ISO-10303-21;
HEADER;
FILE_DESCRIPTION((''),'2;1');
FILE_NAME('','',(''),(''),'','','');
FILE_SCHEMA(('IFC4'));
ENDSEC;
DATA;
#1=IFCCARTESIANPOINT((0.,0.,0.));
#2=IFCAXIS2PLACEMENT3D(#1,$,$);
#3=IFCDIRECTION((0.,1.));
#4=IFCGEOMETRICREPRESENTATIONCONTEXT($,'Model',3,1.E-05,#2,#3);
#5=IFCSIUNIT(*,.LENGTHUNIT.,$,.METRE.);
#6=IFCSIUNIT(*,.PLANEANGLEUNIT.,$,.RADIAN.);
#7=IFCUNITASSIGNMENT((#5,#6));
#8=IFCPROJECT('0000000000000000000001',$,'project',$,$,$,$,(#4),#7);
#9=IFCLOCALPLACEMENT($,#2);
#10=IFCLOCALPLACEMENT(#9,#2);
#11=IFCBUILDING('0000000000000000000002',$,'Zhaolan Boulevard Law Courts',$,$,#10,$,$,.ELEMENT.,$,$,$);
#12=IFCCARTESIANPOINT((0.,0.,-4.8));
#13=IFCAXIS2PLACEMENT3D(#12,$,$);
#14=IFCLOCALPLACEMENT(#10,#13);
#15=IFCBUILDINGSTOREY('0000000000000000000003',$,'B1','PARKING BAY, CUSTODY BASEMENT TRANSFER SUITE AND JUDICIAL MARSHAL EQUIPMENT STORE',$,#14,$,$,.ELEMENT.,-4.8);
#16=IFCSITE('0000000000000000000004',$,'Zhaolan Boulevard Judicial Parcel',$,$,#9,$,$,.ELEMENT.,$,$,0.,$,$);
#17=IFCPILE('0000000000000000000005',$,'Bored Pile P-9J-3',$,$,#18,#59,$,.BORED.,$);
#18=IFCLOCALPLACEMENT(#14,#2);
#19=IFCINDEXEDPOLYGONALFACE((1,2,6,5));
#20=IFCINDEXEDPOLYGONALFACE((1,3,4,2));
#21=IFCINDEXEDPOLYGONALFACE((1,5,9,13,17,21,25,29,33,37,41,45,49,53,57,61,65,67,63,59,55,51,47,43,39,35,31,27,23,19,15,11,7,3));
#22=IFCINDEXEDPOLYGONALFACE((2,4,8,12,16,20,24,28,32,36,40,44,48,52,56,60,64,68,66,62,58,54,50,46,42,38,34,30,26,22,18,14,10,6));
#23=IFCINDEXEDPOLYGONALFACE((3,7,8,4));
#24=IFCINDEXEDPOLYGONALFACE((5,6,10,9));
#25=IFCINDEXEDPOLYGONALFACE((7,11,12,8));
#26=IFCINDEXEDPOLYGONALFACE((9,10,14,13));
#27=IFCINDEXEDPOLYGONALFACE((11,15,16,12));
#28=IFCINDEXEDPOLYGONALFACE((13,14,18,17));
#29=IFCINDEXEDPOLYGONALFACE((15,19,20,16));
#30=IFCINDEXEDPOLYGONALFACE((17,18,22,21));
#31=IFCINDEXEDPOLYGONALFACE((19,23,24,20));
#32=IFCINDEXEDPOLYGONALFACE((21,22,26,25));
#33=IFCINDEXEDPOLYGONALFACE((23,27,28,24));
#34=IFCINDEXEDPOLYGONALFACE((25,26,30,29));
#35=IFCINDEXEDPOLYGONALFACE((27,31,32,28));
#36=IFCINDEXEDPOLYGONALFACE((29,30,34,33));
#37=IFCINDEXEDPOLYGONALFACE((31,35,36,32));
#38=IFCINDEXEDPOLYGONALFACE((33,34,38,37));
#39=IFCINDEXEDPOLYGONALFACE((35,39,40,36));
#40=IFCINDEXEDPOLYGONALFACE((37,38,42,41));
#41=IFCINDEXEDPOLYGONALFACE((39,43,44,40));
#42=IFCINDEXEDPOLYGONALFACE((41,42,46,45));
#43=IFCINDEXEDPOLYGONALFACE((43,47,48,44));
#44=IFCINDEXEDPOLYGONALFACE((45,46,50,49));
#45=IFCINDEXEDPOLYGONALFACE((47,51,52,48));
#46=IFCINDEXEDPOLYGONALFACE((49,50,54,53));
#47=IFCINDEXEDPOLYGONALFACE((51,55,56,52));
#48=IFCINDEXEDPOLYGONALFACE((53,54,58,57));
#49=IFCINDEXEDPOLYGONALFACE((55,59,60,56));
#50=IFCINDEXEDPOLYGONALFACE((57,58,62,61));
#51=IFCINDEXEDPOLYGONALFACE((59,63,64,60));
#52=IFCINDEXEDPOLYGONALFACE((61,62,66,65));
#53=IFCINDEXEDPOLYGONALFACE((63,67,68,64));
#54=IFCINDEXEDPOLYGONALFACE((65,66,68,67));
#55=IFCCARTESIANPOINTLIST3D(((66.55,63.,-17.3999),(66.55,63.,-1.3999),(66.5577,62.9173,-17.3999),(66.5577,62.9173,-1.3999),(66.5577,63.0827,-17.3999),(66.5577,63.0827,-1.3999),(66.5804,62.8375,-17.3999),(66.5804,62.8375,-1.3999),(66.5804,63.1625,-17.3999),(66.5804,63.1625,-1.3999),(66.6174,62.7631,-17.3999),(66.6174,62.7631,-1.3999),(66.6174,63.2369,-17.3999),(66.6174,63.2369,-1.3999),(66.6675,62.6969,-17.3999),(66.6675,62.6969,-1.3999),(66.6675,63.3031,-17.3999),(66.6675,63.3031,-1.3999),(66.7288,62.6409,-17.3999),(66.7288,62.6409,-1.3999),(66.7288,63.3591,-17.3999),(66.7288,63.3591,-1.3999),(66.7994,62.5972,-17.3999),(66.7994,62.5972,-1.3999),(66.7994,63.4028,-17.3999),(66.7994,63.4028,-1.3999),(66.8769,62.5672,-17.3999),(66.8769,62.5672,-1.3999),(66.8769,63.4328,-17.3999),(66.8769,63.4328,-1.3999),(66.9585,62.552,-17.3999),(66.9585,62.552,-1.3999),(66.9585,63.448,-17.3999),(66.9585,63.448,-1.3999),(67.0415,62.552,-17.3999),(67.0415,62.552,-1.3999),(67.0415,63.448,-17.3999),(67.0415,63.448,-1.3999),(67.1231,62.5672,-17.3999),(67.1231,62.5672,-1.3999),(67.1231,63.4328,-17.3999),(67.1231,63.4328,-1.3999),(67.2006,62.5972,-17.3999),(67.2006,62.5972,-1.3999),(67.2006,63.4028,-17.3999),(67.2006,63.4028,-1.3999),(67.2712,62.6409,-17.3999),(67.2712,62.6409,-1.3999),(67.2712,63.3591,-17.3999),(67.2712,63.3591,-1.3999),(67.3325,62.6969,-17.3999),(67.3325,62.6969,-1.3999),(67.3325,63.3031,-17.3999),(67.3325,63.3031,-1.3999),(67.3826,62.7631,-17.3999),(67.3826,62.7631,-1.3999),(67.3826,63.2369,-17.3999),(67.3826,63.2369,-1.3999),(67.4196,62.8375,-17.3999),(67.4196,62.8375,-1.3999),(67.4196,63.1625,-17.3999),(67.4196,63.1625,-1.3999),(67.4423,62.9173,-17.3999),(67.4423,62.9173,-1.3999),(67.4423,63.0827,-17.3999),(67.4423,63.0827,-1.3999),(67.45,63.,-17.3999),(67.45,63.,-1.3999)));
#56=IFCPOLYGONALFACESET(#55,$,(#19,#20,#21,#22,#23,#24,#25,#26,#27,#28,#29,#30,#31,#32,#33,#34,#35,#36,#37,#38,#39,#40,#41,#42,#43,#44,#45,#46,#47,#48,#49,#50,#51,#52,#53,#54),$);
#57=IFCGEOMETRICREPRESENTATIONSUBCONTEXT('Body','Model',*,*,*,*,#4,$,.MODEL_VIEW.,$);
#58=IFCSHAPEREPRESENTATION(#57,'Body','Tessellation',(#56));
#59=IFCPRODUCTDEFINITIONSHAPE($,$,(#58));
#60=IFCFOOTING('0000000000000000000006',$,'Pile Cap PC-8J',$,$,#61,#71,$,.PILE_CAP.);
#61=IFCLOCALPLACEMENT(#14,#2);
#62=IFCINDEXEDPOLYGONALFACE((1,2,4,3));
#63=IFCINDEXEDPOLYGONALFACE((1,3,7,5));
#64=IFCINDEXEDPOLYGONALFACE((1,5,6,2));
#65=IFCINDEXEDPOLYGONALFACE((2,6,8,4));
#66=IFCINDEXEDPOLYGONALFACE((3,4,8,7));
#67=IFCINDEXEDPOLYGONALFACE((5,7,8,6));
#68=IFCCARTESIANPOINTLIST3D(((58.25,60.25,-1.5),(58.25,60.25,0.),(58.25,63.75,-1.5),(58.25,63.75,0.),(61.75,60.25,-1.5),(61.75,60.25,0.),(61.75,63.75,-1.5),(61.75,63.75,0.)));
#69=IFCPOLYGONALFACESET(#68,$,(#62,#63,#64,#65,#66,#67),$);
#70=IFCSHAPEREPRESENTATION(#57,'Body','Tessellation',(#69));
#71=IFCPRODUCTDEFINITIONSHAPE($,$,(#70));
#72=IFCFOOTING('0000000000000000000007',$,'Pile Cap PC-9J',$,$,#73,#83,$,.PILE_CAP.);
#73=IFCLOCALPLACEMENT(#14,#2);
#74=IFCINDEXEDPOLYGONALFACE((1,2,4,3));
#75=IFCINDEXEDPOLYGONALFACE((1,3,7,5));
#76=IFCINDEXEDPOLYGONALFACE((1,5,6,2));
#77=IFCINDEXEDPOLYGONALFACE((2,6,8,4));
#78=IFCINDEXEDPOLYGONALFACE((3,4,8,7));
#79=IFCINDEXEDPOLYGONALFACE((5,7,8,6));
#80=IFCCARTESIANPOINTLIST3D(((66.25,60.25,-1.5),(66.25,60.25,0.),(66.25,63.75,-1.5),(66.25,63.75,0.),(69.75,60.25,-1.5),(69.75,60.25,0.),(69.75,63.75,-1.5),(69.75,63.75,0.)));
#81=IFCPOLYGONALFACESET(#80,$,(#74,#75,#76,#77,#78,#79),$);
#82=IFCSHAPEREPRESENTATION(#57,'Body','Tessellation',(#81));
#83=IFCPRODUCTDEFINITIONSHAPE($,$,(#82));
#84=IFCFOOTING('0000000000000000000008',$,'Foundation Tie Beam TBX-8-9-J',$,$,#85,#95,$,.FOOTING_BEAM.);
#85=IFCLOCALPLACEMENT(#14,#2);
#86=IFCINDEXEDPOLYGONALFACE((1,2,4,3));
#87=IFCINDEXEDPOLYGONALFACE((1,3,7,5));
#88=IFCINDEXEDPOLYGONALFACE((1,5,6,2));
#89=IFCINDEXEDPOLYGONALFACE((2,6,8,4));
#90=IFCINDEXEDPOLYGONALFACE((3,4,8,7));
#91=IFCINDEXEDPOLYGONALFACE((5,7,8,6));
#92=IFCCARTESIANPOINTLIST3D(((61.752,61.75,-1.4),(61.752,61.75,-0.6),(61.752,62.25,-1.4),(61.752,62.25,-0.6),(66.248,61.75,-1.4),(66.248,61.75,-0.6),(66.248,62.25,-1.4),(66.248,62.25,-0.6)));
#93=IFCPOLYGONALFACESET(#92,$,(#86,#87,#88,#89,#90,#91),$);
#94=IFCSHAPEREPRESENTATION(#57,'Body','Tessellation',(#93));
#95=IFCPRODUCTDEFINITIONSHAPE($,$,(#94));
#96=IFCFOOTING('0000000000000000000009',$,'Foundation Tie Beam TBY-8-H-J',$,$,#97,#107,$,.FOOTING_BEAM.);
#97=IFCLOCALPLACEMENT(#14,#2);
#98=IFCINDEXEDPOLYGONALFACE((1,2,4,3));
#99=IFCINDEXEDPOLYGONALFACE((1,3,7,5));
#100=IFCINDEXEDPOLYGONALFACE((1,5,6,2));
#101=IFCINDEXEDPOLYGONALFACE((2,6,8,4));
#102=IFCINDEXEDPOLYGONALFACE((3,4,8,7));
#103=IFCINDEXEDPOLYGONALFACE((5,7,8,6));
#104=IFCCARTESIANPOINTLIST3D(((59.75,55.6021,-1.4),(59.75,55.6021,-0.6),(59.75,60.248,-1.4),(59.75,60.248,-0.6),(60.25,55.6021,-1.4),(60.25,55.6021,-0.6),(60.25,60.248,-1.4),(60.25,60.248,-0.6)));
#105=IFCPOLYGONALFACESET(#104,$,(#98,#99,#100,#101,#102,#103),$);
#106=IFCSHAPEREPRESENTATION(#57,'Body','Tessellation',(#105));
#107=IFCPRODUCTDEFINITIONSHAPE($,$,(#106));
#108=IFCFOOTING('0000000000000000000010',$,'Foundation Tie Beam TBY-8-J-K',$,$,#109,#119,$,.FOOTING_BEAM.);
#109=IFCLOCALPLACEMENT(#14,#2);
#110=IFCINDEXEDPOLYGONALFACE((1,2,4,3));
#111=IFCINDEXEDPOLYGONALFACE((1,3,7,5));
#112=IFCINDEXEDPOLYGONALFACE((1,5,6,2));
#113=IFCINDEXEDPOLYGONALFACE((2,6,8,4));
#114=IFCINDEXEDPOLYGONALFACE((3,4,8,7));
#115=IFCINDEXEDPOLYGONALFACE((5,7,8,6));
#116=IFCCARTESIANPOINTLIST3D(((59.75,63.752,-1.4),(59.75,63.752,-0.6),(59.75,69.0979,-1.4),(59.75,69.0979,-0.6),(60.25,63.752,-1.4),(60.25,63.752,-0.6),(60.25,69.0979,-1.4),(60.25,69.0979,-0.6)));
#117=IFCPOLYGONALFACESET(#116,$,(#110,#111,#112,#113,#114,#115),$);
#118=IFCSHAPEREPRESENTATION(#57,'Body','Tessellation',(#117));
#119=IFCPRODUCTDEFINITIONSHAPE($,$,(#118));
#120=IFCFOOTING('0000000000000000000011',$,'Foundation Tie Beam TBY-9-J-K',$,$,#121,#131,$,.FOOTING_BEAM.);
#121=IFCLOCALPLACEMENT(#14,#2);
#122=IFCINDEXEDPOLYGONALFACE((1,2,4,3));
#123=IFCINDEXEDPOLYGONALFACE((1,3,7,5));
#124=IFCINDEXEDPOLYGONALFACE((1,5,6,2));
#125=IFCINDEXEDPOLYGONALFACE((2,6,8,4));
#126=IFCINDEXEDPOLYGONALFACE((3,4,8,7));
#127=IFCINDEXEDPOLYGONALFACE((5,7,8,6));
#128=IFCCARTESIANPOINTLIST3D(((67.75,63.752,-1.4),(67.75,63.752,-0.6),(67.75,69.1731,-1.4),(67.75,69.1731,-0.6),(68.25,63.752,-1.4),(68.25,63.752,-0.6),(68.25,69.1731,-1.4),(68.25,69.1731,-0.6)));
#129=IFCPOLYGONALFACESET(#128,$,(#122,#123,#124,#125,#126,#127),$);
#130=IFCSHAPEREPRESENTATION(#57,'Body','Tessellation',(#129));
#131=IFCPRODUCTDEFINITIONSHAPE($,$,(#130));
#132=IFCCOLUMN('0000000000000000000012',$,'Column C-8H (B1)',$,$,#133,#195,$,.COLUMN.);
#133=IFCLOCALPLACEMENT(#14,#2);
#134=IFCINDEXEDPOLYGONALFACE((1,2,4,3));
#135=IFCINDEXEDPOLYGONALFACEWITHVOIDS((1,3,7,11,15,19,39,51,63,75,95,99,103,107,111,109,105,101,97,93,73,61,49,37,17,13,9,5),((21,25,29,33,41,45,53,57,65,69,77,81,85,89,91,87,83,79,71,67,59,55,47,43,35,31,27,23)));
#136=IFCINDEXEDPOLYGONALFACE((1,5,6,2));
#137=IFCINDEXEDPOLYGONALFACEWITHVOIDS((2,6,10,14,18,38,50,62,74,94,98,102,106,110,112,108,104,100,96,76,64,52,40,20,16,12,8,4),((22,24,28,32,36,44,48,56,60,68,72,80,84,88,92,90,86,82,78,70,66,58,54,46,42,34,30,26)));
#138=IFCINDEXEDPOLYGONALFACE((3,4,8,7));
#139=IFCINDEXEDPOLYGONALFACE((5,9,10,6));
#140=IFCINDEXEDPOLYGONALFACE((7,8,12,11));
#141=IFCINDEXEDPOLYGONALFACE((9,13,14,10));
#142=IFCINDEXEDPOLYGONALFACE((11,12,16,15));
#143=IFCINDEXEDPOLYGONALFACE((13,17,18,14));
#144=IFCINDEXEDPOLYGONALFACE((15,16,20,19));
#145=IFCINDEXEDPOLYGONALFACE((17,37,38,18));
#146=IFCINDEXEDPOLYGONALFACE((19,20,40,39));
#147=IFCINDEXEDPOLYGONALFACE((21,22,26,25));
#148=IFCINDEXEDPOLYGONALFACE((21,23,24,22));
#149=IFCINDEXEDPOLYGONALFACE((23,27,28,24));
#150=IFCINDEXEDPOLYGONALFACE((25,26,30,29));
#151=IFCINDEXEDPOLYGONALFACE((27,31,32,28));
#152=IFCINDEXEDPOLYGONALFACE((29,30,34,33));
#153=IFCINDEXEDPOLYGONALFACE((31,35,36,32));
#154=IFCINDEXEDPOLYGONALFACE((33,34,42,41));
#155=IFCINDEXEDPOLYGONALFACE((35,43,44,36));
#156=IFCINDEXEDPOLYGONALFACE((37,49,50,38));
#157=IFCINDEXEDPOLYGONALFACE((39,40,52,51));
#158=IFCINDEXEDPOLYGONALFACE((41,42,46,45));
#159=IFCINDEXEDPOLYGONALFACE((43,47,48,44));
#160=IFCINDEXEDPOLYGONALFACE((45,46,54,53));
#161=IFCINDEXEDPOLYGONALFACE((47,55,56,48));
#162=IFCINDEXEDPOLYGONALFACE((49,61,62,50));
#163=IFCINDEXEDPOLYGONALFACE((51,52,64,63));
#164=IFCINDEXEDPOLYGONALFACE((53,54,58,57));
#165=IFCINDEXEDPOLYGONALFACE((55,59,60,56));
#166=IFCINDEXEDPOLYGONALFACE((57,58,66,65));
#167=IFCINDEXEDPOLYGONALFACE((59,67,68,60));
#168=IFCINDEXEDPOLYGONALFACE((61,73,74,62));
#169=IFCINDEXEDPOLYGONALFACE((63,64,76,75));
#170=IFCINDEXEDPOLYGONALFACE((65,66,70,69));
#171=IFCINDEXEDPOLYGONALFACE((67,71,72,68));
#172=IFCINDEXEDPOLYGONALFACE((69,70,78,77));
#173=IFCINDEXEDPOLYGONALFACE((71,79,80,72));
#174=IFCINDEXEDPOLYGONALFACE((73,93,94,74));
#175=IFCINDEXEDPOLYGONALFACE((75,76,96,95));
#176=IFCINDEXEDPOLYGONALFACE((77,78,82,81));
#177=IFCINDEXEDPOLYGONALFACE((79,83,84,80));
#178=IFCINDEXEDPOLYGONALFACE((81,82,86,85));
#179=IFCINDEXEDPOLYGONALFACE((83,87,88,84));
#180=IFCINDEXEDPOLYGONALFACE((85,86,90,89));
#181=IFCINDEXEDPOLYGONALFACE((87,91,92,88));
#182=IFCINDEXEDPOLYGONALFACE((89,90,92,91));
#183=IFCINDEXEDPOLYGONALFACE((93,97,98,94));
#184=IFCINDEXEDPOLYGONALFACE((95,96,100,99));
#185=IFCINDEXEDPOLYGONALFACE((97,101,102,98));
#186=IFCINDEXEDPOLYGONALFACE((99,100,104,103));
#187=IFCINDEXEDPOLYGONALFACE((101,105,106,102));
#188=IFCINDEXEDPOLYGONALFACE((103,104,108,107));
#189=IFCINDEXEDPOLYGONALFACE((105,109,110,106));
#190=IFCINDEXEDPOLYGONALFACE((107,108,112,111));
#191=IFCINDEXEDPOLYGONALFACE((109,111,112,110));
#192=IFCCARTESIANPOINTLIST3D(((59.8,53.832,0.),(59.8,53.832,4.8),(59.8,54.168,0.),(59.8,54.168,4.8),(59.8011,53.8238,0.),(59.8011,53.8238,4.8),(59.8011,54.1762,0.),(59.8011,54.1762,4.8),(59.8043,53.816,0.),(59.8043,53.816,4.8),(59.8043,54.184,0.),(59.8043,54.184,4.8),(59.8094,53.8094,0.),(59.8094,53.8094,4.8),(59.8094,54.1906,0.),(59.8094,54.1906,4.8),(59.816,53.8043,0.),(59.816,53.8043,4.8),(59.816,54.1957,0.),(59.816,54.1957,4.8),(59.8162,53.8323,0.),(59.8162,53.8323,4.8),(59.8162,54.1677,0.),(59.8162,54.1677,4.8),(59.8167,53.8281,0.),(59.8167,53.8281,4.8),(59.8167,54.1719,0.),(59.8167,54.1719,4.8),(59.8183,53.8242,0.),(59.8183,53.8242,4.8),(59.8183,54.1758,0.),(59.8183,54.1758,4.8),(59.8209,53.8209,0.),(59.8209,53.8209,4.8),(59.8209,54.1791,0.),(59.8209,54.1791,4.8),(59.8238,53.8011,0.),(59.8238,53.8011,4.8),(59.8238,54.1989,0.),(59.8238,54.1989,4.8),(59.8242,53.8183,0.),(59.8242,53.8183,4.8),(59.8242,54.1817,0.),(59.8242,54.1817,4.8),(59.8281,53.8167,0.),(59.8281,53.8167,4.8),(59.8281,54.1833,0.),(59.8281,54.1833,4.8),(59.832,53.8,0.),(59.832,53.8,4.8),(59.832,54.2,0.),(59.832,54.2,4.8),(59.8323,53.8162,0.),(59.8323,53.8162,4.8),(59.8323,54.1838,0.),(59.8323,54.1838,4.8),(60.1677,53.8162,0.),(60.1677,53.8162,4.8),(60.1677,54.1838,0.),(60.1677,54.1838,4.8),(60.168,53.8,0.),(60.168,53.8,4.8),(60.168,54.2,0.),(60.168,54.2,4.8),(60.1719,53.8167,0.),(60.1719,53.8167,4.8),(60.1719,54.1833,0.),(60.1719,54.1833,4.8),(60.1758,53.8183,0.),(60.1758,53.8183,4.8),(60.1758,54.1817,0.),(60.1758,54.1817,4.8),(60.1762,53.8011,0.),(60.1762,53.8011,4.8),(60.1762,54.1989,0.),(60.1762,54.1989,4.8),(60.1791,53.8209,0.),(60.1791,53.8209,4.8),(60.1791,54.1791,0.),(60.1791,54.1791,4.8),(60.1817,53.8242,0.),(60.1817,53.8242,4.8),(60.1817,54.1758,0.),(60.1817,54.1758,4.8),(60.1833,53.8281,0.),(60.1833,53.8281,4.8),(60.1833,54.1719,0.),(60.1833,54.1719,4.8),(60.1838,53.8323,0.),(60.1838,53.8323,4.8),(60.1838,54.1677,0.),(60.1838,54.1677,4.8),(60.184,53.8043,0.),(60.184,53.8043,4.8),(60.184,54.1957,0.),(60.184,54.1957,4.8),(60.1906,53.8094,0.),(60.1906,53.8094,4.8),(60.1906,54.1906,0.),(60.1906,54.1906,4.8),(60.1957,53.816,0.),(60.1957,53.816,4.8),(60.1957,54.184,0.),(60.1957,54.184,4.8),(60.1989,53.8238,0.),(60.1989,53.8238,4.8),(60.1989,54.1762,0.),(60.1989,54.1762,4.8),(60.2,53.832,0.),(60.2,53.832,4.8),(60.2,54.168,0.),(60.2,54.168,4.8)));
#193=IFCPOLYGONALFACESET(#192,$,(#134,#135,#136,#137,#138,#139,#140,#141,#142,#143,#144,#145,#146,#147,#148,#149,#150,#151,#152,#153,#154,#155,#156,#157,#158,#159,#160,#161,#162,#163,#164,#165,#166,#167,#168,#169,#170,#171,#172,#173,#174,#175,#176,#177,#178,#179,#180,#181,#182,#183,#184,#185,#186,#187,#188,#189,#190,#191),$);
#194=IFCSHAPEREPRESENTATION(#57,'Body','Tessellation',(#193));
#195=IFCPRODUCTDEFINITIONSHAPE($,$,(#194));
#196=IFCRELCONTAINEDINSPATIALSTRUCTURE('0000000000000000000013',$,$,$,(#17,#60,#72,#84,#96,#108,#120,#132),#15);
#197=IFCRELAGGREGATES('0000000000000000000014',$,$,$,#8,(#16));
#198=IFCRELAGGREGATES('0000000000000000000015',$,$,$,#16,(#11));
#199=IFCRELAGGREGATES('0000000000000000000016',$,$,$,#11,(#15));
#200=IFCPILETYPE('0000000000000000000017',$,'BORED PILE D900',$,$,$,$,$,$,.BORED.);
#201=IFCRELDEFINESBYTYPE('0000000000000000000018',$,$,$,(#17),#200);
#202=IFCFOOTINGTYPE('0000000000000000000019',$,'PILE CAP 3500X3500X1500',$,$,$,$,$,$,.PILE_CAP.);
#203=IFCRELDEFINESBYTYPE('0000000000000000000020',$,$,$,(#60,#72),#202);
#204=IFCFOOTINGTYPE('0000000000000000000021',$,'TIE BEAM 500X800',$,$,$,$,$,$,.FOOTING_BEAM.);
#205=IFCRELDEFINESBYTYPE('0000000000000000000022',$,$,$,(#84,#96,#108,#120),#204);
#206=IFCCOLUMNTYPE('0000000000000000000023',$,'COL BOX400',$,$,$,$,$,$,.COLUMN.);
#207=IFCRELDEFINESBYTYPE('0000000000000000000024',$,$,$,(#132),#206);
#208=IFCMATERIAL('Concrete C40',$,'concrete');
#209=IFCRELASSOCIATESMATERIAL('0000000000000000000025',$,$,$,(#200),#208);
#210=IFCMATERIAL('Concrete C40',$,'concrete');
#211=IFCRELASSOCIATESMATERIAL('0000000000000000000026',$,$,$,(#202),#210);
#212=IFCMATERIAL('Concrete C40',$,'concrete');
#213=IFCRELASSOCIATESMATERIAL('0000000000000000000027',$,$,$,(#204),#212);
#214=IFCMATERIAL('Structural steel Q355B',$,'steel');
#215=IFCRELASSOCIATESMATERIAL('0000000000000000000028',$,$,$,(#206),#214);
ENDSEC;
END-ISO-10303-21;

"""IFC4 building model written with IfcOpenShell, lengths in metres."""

from ifc_helpers import new_model, si_unit, direction, frame, origin, origin_2d, place, context, subcontext, project, spatial, rectangle, hollow_rectangle, circle, extrude, material, material_profile, profile_set, type_object, element, save


model = new_model("IFC4")

# Units and contexts
model_context = context("Model", 3, precision=1e-05, world=origin(), true_north=direction((0.0, 1.0)))
body_context = subcontext(model_context, "Body", "Model", "MODEL_VIEW")
ifc_project = project(units=[si_unit("LENGTHUNIT", "METRE"), si_unit("PLANEANGLEUNIT", "RADIAN")], contexts=[model_context])

# Site, building, storey
site_placement = place(None, origin())
site = spatial("IfcSite", under=ifc_project, at=site_placement, Name="Zhaolan Boulevard Judicial Parcel", CompositionType="ELEMENT", RefElevation=0.0)
building_placement = place(site_placement, origin())
building = spatial("IfcBuilding", under=site, at=building_placement, Name="Zhaolan Boulevard Law Courts", CompositionType="ELEMENT")
storey_placement = place(building_placement, frame((0.0, 0.0, -4.8)))
storey = spatial("IfcBuildingStorey", under=building, at=storey_placement, Name="B1", Description="PARKING BAY, CUSTODY BASEMENT TRANSFER SUITE AND JUDICIAL MARSHAL EQUIPMENT STORE", CompositionType="ELEMENT", Elevation=-4.8)

# Pile
ifc_material_1 = material(Name="Concrete C40", Category="concrete")
ifc_material_profile_1 = material_profile(ifc_material_1, circle(Radius=0.45, at=origin_2d()), Name="PILE-D900")
ifc_profile_set_1 = profile_set([ifc_material_profile_1], Name="Concrete C40")
pile_type_1 = type_object("IfcPileType", Name="BORED PILE D900", PredefinedType="BORED", material=ifc_profile_set_1)
for number, where, z_axis, x_axis, name in (
    (1, (67.0, 63.0, -1.3999), (0.0, 0.0, -1.0), (1.0, 0.0, 0.0), "Bored Pile P-9J-3"),
):
    element("IfcPile", number, at=place(storey_placement, frame(where, z_axis=z_axis, x_axis=x_axis)), inside=storey, type_object=pile_type_1, Name=name, PredefinedType="BORED", context=body_context, shape_type="SweptSolid", body=[
        extrude(circle(Radius=0.45, at=origin_2d()), origin(), (0.0, 0.0, 1.0), 16.0),
    ])

# Footings
ifc_material_2 = material(Name="Concrete C40", Category="concrete")
footing_type_1 = type_object("IfcFootingType", Name="PILE CAP 3500X3500X1500", PredefinedType="PILE_CAP", material=ifc_material_2)
for number, where, z_axis, x_axis, name in (
    (2, (60.0, 62.0, -1.5), (0.0, 0.0, 1.0), (1.0, 0.0, 0.0), "Pile Cap PC-8J"),
    (3, (68.0, 62.0, -1.5), (0.0, 0.0, 1.0), (1.0, 0.0, 0.0), "Pile Cap PC-9J"),
):
    element("IfcFooting", number, at=place(storey_placement, frame(where, z_axis=z_axis, x_axis=x_axis)), inside=storey, type_object=footing_type_1, Name=name, PredefinedType="PILE_CAP", context=body_context, shape_type="SweptSolid", body=[
        extrude(rectangle(XDim=3.5, YDim=3.5, at=origin_2d()), origin(), (0.0, 0.0, 1.0), 1.5),
    ])
ifc_material_3 = material(Name="Concrete C40", Category="concrete")
ifc_material_profile_2 = material_profile(ifc_material_3, rectangle(XDim=0.5, YDim=0.8, at=origin_2d()), Name="RC500x800")
ifc_profile_set_2 = profile_set([ifc_material_profile_2], Name="Concrete C40")
footing_type_2 = type_object("IfcFootingType", Name="TIE BEAM 500X800", PredefinedType="FOOTING_BEAM", material=ifc_profile_set_2)
footing_1_placement = place(storey_placement, frame((61.752, 62.0, -1.0), z_axis=(1.0, 0.0, 0.0), x_axis=(0.0, 1.0, 0.0)))
element("IfcFooting", 4, at=footing_1_placement, inside=storey, type_object=footing_type_2, Name="Foundation Tie Beam TBX-8-9-J", PredefinedType="FOOTING_BEAM", context=body_context, shape_type="SweptSolid", body=[
    extrude(rectangle(XDim=0.5, YDim=0.8, at=origin_2d()), origin(), (0.0, 0.0, 1.0), 4.4961),
])
footing_2_placement = place(storey_placement, frame((60.0, 55.6021, -1.0), z_axis=(0.0, 1.0, 0.0), x_axis=(-1.0, 0.0, 0.0)))
element("IfcFooting", 5, at=footing_2_placement, inside=storey, type_object=footing_type_2, Name="Foundation Tie Beam TBY-8-H-J", PredefinedType="FOOTING_BEAM", context=body_context, shape_type="SweptSolid", body=[
    extrude(rectangle(XDim=0.5, YDim=0.8, at=origin_2d()), origin(), (0.0, 0.0, 1.0), 4.646),
])
footing_3_placement = place(storey_placement, frame((60.0, 63.752, -1.0), z_axis=(0.0, 1.0, 0.0), x_axis=(-1.0, 0.0, 0.0)))
element("IfcFooting", 6, at=footing_3_placement, inside=storey, type_object=footing_type_2, Name="Foundation Tie Beam TBY-8-J-K", PredefinedType="FOOTING_BEAM", context=body_context, shape_type="SweptSolid", body=[
    extrude(rectangle(XDim=0.5, YDim=0.8, at=origin_2d()), origin(), (0.0, 0.0, 1.0), 5.3459),
])
footing_4_placement = place(storey_placement, frame((68.0, 63.752, -1.0), z_axis=(0.0, 1.0, 0.0), x_axis=(-1.0, 0.0, 0.0)))
element("IfcFooting", 7, at=footing_4_placement, inside=storey, type_object=footing_type_2, Name="Foundation Tie Beam TBY-9-J-K", PredefinedType="FOOTING_BEAM", context=body_context, shape_type="SweptSolid", body=[
    extrude(rectangle(XDim=0.5, YDim=0.8, at=origin_2d()), origin(), (0.0, 0.0, 1.0), 5.4211),
])

# Column
ifc_material_4 = material(Name="Structural steel Q355B", Category="steel")
ifc_material_profile_3 = material_profile(ifc_material_4, hollow_rectangle(XDim=0.3999, YDim=0.3999, WallThickness=0.0161, InnerFilletRadius=0.0161, OuterFilletRadius=0.032, at=origin_2d()), Name="BOX400x400x16")
ifc_profile_set_3 = profile_set([ifc_material_profile_3], Name="Structural steel Q355B")
column_type_1 = type_object("IfcColumnType", Name="COL BOX400", PredefinedType="COLUMN", material=ifc_profile_set_3)
column_placement = place(storey_placement, frame((60.0, 54.0, 0.0), z_axis=(0.0, 0.0, 1.0), x_axis=(1.0, 0.0, 0.0)))
element("IfcColumn", 8, at=column_placement, inside=storey, type_object=column_type_1, Name="Column C-8H (B1)", PredefinedType="COLUMN", context=body_context, shape_type="SweptSolid", body=[
    extrude(hollow_rectangle(XDim=0.3999, YDim=0.3999, WallThickness=0.0161, InnerFilletRadius=0.0161, OuterFilletRadius=0.032, at=origin_2d()), origin(), (0.0, 0.0, 1.0), 4.8),
])

save(model, "model.ifc")
